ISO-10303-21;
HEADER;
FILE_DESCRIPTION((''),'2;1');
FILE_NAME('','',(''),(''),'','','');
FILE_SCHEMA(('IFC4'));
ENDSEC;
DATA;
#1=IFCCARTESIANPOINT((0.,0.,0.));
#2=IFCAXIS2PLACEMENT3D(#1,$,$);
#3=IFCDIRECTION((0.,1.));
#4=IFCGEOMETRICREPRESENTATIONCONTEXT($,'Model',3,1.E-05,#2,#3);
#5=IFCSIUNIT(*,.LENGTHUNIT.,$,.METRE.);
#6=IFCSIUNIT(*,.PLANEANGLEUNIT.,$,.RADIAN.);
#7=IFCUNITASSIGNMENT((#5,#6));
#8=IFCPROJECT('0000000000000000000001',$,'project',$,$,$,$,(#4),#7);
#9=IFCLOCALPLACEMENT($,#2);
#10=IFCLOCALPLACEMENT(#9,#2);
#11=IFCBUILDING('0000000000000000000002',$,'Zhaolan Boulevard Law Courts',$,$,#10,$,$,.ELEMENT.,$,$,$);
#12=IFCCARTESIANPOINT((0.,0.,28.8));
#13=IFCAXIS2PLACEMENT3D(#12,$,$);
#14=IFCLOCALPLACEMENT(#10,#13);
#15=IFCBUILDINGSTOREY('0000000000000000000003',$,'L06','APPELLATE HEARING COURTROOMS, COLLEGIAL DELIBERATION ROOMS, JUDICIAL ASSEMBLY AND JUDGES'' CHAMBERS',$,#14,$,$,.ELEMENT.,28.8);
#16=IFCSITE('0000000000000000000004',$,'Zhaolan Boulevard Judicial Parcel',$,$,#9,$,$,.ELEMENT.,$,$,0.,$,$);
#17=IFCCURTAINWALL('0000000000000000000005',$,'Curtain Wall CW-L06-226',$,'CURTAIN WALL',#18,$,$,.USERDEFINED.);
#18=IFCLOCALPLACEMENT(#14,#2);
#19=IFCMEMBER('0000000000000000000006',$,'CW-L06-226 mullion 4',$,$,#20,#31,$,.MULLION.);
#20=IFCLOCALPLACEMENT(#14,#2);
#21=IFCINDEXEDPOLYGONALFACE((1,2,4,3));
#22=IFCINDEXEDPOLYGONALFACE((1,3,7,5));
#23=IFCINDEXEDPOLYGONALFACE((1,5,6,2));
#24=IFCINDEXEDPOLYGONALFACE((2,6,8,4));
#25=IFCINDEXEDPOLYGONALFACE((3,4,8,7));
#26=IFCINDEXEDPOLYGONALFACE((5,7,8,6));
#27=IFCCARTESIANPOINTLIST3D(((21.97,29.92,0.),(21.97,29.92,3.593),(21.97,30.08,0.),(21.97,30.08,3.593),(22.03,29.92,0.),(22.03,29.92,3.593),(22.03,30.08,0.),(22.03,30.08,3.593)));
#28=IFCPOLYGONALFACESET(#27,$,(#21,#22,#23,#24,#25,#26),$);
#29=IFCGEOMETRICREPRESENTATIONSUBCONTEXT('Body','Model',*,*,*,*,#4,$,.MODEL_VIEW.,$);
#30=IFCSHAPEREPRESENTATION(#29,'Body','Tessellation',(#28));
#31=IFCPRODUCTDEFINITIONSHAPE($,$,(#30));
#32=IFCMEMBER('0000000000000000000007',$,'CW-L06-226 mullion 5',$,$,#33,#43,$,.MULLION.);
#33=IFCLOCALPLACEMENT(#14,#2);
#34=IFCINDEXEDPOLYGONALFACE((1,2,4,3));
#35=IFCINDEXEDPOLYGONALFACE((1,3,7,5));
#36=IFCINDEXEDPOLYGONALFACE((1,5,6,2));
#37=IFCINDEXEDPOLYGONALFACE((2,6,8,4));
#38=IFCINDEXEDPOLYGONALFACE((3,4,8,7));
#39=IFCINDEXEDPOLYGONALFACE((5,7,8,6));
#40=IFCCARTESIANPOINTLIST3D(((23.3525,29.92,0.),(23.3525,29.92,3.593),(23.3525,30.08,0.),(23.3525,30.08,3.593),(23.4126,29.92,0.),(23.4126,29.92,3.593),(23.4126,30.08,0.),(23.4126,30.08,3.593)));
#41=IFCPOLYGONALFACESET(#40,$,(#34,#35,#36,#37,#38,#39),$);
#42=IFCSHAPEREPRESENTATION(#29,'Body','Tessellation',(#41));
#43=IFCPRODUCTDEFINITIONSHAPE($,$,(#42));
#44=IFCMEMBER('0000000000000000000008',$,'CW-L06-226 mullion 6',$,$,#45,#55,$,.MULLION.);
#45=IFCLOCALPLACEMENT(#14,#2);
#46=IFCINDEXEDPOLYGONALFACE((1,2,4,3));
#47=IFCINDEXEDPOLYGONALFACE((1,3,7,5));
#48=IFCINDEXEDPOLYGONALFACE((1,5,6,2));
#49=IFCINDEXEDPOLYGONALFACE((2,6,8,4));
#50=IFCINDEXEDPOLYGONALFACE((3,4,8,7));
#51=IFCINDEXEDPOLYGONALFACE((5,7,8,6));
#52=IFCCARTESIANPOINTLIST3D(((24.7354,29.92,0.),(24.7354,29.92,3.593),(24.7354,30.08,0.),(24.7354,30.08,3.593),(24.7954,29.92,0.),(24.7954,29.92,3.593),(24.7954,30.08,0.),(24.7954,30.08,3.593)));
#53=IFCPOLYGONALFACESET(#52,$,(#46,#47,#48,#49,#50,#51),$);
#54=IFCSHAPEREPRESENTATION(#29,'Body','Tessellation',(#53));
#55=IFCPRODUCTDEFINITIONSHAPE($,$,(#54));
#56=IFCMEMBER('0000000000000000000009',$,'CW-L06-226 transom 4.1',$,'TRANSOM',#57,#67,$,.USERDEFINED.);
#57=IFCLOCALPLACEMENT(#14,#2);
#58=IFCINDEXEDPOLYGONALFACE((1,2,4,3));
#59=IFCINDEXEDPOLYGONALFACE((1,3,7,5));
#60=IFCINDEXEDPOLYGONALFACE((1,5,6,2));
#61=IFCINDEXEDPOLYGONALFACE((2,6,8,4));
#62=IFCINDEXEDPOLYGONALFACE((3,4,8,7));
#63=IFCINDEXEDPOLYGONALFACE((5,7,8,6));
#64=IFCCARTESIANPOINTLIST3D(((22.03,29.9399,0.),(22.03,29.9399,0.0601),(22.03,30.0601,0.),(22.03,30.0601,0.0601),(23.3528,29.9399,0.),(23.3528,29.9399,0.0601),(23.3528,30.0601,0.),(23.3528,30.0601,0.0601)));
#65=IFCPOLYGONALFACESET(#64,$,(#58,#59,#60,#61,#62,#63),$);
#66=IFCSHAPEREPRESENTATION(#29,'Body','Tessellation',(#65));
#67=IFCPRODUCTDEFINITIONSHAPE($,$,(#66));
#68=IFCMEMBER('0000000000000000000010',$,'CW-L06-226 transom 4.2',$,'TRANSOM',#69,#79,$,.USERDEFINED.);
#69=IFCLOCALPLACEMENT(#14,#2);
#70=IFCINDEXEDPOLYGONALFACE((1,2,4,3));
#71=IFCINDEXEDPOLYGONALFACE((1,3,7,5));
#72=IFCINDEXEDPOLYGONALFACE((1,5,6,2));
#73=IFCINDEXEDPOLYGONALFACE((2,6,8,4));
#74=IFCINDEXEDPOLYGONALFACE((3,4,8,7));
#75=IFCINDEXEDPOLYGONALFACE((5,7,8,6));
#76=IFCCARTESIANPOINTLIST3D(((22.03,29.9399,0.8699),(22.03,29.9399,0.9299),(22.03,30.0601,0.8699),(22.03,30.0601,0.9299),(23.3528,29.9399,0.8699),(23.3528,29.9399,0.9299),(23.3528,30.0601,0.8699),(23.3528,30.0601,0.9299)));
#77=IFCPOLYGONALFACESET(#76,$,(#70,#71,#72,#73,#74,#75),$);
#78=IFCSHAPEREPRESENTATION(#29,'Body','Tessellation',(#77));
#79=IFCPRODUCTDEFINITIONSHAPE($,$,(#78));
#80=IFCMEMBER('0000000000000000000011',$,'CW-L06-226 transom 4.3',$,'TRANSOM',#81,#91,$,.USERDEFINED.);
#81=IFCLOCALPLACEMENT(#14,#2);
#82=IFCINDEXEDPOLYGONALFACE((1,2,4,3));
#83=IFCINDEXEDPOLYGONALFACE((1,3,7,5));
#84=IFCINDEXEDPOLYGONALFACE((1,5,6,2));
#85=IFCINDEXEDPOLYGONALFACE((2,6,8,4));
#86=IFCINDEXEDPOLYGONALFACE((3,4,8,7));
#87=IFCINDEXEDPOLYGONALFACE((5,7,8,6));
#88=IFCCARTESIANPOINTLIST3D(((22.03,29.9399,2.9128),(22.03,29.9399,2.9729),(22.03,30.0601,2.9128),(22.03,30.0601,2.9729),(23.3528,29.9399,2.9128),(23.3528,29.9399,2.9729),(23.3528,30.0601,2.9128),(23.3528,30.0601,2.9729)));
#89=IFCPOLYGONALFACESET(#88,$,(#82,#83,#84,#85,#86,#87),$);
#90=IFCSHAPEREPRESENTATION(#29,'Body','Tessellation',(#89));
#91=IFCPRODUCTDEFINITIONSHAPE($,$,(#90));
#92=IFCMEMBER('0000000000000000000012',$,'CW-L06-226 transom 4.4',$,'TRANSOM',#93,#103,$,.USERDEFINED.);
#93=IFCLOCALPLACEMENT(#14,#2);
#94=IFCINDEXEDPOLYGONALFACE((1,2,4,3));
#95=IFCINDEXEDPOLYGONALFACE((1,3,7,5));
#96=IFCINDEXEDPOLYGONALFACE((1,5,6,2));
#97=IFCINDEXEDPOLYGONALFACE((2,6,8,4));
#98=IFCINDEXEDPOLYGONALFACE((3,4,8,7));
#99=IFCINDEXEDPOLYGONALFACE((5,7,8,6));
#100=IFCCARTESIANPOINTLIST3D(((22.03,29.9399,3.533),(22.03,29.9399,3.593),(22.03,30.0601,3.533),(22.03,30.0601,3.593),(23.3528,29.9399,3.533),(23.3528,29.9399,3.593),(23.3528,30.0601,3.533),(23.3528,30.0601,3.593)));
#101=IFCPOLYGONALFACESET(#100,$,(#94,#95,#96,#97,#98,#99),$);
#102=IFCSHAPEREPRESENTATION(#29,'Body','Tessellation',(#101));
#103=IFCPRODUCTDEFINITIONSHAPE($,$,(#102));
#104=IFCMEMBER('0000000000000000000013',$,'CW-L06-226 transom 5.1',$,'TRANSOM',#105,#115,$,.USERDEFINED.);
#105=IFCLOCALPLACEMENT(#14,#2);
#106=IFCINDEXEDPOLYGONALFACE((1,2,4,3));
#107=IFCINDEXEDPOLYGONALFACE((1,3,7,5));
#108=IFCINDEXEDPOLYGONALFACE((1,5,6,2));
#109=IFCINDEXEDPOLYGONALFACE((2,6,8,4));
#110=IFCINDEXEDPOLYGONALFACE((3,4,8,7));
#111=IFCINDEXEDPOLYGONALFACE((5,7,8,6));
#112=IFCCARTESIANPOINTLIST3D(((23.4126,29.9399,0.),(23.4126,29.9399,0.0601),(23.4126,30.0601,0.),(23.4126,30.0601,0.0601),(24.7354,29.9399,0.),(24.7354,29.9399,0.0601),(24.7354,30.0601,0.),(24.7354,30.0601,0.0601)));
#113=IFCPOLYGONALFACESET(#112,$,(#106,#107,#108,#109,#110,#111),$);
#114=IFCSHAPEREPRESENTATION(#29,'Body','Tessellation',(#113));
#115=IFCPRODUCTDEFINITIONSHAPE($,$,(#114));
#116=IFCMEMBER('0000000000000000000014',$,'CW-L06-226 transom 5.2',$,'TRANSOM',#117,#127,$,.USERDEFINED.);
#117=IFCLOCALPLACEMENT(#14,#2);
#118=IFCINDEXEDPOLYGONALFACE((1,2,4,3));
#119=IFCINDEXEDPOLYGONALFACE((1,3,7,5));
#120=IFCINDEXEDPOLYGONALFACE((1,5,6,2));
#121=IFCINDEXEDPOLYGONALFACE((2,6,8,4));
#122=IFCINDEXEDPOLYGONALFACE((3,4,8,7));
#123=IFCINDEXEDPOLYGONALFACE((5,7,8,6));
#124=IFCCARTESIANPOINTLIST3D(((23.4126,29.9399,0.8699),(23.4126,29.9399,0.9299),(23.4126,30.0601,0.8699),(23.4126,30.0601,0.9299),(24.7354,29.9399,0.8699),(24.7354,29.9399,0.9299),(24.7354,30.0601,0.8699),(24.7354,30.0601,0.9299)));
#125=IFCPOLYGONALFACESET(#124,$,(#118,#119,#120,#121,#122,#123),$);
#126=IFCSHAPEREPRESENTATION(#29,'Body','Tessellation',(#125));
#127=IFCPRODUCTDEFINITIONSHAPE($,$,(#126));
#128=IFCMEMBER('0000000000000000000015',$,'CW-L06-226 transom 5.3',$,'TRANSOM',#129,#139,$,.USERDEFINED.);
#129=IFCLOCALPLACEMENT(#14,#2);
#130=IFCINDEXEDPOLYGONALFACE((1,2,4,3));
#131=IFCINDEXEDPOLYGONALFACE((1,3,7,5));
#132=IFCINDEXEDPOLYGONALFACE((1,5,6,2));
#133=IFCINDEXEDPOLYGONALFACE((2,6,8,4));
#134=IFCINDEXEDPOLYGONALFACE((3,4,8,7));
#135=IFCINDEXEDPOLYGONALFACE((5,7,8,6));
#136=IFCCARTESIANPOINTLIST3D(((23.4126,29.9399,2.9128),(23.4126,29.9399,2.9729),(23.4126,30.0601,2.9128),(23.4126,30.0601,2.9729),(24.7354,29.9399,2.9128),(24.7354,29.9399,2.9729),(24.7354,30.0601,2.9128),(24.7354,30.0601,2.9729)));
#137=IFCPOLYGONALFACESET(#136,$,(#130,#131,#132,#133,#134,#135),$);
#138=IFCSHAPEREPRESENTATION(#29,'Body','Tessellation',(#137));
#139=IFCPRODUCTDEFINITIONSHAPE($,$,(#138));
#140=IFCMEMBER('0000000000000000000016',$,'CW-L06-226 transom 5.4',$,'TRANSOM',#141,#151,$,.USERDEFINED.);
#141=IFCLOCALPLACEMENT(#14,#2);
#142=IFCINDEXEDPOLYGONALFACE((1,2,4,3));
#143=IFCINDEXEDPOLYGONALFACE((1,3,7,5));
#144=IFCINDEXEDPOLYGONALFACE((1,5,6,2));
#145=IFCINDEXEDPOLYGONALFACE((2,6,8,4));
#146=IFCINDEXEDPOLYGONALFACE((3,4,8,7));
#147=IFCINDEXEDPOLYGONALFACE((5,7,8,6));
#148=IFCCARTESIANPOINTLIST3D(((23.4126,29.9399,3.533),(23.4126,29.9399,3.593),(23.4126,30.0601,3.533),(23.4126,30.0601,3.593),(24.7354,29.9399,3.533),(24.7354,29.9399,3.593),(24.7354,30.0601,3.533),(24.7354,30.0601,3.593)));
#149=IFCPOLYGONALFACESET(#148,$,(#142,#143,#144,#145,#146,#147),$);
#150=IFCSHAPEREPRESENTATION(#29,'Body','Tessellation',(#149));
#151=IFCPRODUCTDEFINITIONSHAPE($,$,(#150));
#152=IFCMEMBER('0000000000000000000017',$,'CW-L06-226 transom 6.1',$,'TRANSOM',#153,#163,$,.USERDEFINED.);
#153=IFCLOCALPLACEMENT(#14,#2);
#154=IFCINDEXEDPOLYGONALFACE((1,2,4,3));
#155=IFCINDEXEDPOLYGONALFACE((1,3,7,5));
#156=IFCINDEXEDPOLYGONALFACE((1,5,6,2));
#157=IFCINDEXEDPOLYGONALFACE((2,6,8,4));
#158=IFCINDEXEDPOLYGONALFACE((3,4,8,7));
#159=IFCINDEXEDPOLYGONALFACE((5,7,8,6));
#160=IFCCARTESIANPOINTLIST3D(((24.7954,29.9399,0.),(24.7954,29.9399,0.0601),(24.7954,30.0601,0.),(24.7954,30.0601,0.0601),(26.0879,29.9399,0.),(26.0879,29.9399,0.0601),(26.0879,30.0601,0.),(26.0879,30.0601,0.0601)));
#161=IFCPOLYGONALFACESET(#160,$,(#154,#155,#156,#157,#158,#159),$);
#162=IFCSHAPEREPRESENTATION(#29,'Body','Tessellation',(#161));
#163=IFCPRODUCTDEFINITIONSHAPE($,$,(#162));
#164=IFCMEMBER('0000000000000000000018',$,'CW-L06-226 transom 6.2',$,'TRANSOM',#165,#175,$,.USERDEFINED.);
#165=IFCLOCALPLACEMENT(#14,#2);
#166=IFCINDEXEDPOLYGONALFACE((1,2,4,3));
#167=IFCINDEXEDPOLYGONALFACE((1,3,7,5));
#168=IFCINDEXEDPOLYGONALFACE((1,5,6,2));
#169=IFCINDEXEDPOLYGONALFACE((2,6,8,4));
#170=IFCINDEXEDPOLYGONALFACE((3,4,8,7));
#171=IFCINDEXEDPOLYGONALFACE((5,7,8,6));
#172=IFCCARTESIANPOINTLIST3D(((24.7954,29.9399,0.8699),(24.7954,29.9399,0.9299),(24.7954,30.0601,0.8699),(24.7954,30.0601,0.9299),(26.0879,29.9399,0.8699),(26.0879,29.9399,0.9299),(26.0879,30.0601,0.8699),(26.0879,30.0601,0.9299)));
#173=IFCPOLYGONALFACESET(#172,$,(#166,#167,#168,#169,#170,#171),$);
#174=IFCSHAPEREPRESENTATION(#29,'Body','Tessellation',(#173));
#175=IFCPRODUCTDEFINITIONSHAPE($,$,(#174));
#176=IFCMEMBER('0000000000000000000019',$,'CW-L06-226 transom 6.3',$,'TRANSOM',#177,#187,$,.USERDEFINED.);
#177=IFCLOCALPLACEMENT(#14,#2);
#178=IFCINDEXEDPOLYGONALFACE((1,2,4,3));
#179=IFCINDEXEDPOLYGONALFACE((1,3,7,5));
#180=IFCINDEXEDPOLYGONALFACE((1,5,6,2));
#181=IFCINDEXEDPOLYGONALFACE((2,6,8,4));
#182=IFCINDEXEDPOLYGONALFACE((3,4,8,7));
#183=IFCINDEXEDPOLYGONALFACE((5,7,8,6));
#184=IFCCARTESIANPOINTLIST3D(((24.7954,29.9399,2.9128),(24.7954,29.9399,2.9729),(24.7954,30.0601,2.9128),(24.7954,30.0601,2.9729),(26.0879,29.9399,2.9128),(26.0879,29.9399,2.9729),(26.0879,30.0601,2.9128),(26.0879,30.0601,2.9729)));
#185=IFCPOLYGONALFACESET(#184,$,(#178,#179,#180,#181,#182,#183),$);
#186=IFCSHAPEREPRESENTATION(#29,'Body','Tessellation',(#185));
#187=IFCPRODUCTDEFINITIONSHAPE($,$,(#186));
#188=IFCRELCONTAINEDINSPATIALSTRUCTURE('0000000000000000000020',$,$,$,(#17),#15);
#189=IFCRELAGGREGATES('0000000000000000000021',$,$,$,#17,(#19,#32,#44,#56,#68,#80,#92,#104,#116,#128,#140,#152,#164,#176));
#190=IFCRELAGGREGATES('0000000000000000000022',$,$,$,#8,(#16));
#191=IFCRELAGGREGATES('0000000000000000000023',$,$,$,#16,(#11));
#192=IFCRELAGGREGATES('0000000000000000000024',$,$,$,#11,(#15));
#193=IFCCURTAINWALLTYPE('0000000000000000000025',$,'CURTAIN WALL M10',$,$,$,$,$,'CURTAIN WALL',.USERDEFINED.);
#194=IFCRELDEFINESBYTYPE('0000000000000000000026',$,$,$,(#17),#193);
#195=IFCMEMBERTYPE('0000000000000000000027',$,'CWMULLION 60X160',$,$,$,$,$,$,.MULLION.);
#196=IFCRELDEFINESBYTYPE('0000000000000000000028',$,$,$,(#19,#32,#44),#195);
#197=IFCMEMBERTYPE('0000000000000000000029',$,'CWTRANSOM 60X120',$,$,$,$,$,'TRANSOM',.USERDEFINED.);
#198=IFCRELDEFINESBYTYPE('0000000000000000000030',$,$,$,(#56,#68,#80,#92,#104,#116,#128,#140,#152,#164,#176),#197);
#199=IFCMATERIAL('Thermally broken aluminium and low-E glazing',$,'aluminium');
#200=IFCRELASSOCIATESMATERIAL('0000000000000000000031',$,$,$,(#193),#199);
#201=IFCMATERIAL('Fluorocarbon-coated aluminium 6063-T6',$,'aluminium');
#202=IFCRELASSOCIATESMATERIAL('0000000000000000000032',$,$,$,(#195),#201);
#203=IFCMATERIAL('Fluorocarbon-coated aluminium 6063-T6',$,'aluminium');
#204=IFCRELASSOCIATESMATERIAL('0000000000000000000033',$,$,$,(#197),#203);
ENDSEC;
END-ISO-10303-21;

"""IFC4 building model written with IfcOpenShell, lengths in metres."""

from ifc_helpers import new_model, si_unit, direction, frame, origin, origin_2d, place, context, subcontext, project, spatial, rectangle, extrude, material, material_profile, profile_set, type_object, element, aggregate, save


model = new_model("IFC4")

# Units and contexts
model_context = context("Model", 3, precision=1e-05, world=origin(), true_north=direction((0.0, 1.0)))
body_context = subcontext(model_context, "Body", "Model", "MODEL_VIEW")
ifc_project = project(units=[si_unit("LENGTHUNIT", "METRE"), si_unit("PLANEANGLEUNIT", "RADIAN")], contexts=[model_context])

# Site, building, storey
site_placement = place(None, origin())
site = spatial("IfcSite", under=ifc_project, at=site_placement, Name="Zhaolan Boulevard Judicial Parcel", CompositionType="ELEMENT", RefElevation=0.0)
building_placement = place(site_placement, origin())
building = spatial("IfcBuilding", under=site, at=building_placement, Name="Zhaolan Boulevard Law Courts", CompositionType="ELEMENT")
storey_placement = place(building_placement, frame((0.0, 0.0, 28.8)))
storey = spatial("IfcBuildingStorey", under=building, at=storey_placement, Name="L06", Description="APPELLATE HEARING COURTROOMS, COLLEGIAL DELIBERATION ROOMS, JUDICIAL ASSEMBLY AND JUDGES' CHAMBERS", CompositionType="ELEMENT", Elevation=28.8)

# Curtain wall, members
ifc_material_1 = material(Name="Thermally broken aluminium and low-E glazing", Category="aluminium")
curtain_wall_type = type_object("IfcCurtainWallType", Name="CURTAIN WALL M10", ElementType="CURTAIN WALL", PredefinedType="USERDEFINED", material=ifc_material_1)
curtain_wall_placement = place(storey_placement, origin())
curtain_wall = element("IfcCurtainWall", 1, at=curtain_wall_placement, inside=storey, type_object=curtain_wall_type, Name="Curtain Wall CW-L06-226", ObjectType="CURTAIN WALL", PredefinedType="USERDEFINED")
ifc_material_2 = material(Name="Fluorocarbon-coated aluminium 6063-T6", Category="aluminium")
ifc_material_profile_1 = material_profile(ifc_material_2, rectangle(XDim=0.1599, YDim=0.0601, at=origin_2d()), Name="AL60x160")
ifc_profile_set_1 = profile_set([ifc_material_profile_1], Name="Fluorocarbon-coated aluminium 6063-T6")
member_type_1 = type_object("IfcMemberType", Name="CWMULLION 60X160", PredefinedType="MULLION", material=ifc_profile_set_1)
member_1_placement = place(storey_placement, frame((22.0, 30.0, 0.0), z_axis=(0.0, 0.0, 1.0), x_axis=(0.0, 1.0, 0.0)))
member_1 = element("IfcMember", 2, at=member_1_placement, type_object=member_type_1, Name="CW-L06-226 mullion 4", PredefinedType="MULLION", context=body_context, shape_type="SweptSolid", body=[
    extrude(rectangle(XDim=0.1599, YDim=0.0601, at=origin_2d()), origin(), (0.0, 0.0, 1.0), 3.593),
])
member_2_placement = place(storey_placement, frame((23.3826, 30.0, 0.0), z_axis=(0.0, 0.0, 1.0), x_axis=(0.0, 1.0, 0.0)))
member_2 = element("IfcMember", 3, at=member_2_placement, type_object=member_type_1, Name="CW-L06-226 mullion 5", PredefinedType="MULLION", context=body_context, shape_type="SweptSolid", body=[
    extrude(rectangle(XDim=0.1599, YDim=0.0601, at=origin_2d()), origin(), (0.0, 0.0, 1.0), 3.593),
])
member_3_placement = place(storey_placement, frame((24.7654, 30.0, 0.0), z_axis=(0.0, 0.0, 1.0), x_axis=(0.0, 1.0, 0.0)))
member_3 = element("IfcMember", 4, at=member_3_placement, type_object=member_type_1, Name="CW-L06-226 mullion 6", PredefinedType="MULLION", context=body_context, shape_type="SweptSolid", body=[
    extrude(rectangle(XDim=0.1599, YDim=0.0601, at=origin_2d()), origin(), (0.0, 0.0, 1.0), 3.593),
])
ifc_material_3 = material(Name="Fluorocarbon-coated aluminium 6063-T6", Category="aluminium")
ifc_material_profile_2 = material_profile(ifc_material_3, rectangle(XDim=0.1201, YDim=0.0601, at=origin_2d()), Name="AL60x120")
ifc_profile_set_2 = profile_set([ifc_material_profile_2], Name="Fluorocarbon-coated aluminium 6063-T6")
member_type_2 = type_object("IfcMemberType", Name="CWTRANSOM 60X120", ElementType="TRANSOM", PredefinedType="USERDEFINED", material=ifc_profile_set_2)
member_4_placement = place(storey_placement, frame((22.03, 30.0, 0.03), z_axis=(1.0, 0.0, 0.0), x_axis=(0.0, 1.0, 0.0)))
member_4 = element("IfcMember", 5, at=member_4_placement, type_object=member_type_2, Name="CW-L06-226 transom 4.1", ObjectType="TRANSOM", PredefinedType="USERDEFINED", context=body_context, shape_type="SweptSolid", body=[
    extrude(rectangle(XDim=0.1201, YDim=0.0601, at=origin_2d()), origin(), (0.0, 0.0, 1.0), 1.3228),
])
member_5_placement = place(storey_placement, frame((22.03, 30.0, 0.8999), z_axis=(1.0, 0.0, 0.0), x_axis=(0.0, 1.0, 0.0)))
member_5 = element("IfcMember", 6, at=member_5_placement, type_object=member_type_2, Name="CW-L06-226 transom 4.2", ObjectType="TRANSOM", PredefinedType="USERDEFINED", context=body_context, shape_type="SweptSolid", body=[
    extrude(rectangle(XDim=0.1201, YDim=0.0601, at=origin_2d()), origin(), (0.0, 0.0, 1.0), 1.3228),
])
member_6_placement = place(storey_placement, frame((22.03, 30.0, 2.9429), z_axis=(1.0, 0.0, 0.0), x_axis=(0.0, 1.0, 0.0)))
member_6 = element("IfcMember", 7, at=member_6_placement, type_object=member_type_2, Name="CW-L06-226 transom 4.3", ObjectType="TRANSOM", PredefinedType="USERDEFINED", context=body_context, shape_type="SweptSolid", body=[
    extrude(rectangle(XDim=0.1201, YDim=0.0601, at=origin_2d()), origin(), (0.0, 0.0, 1.0), 1.3228),
])
member_7_placement = place(storey_placement, frame((22.03, 30.0, 3.563), z_axis=(1.0, 0.0, 0.0), x_axis=(0.0, 1.0, 0.0)))
member_7 = element("IfcMember", 8, at=member_7_placement, type_object=member_type_2, Name="CW-L06-226 transom 4.4", ObjectType="TRANSOM", PredefinedType="USERDEFINED", context=body_context, shape_type="SweptSolid", body=[
    extrude(rectangle(XDim=0.1201, YDim=0.0601, at=origin_2d()), origin(), (0.0, 0.0, 1.0), 1.3228),
])
member_8_placement = place(storey_placement, frame((23.4126, 30.0, 0.03), z_axis=(1.0, 0.0, 0.0), x_axis=(0.0, 1.0, 0.0)))
member_8 = element("IfcMember", 9, at=member_8_placement, type_object=member_type_2, Name="CW-L06-226 transom 5.1", ObjectType="TRANSOM", PredefinedType="USERDEFINED", context=body_context, shape_type="SweptSolid", body=[
    extrude(rectangle(XDim=0.1201, YDim=0.0601, at=origin_2d()), origin(), (0.0, 0.0, 1.0), 1.3228),
])
member_9_placement = place(storey_placement, frame((23.4126, 30.0, 0.8999), z_axis=(1.0, 0.0, 0.0), x_axis=(0.0, 1.0, 0.0)))
member_9 = element("IfcMember", 10, at=member_9_placement, type_object=member_type_2, Name="CW-L06-226 transom 5.2", ObjectType="TRANSOM", PredefinedType="USERDEFINED", context=body_context, shape_type="SweptSolid", body=[
    extrude(rectangle(XDim=0.1201, YDim=0.0601, at=origin_2d()), origin(), (0.0, 0.0, 1.0), 1.3228),
])
member_10_placement = place(storey_placement, frame((23.4126, 30.0, 2.9429), z_axis=(1.0, 0.0, 0.0), x_axis=(0.0, 1.0, 0.0)))
member_10 = element("IfcMember", 11, at=member_10_placement, type_object=member_type_2, Name="CW-L06-226 transom 5.3", ObjectType="TRANSOM", PredefinedType="USERDEFINED", context=body_context, shape_type="SweptSolid", body=[
    extrude(rectangle(XDim=0.1201, YDim=0.0601, at=origin_2d()), origin(), (0.0, 0.0, 1.0), 1.3228),
])
member_11_placement = place(storey_placement, frame((23.4126, 30.0, 3.563), z_axis=(1.0, 0.0, 0.0), x_axis=(0.0, 1.0, 0.0)))
member_11 = element("IfcMember", 12, at=member_11_placement, type_object=member_type_2, Name="CW-L06-226 transom 5.4", ObjectType="TRANSOM", PredefinedType="USERDEFINED", context=body_context, shape_type="SweptSolid", body=[
    extrude(rectangle(XDim=0.1201, YDim=0.0601, at=origin_2d()), origin(), (0.0, 0.0, 1.0), 1.3228),
])
member_12_placement = place(storey_placement, frame((24.7954, 30.0, 0.03), z_axis=(1.0, 0.0, 0.0), x_axis=(0.0, 1.0, 0.0)))
member_12 = element("IfcMember", 13, at=member_12_placement, type_object=member_type_2, Name="CW-L06-226 transom 6.1", ObjectType="TRANSOM", PredefinedType="USERDEFINED", context=body_context, shape_type="SweptSolid", body=[
    extrude(rectangle(XDim=0.1201, YDim=0.0601, at=origin_2d()), origin(), (0.0, 0.0, 1.0), 1.2925),
])
member_13_placement = place(storey_placement, frame((24.7954, 30.0, 0.8999), z_axis=(1.0, 0.0, 0.0), x_axis=(0.0, 1.0, 0.0)))
member_13 = element("IfcMember", 14, at=member_13_placement, type_object=member_type_2, Name="CW-L06-226 transom 6.2", ObjectType="TRANSOM", PredefinedType="USERDEFINED", context=body_context, shape_type="SweptSolid", body=[
    extrude(rectangle(XDim=0.1201, YDim=0.0601, at=origin_2d()), origin(), (0.0, 0.0, 1.0), 1.2925),
])
member_14_placement = place(storey_placement, frame((24.7954, 30.0, 2.9429), z_axis=(1.0, 0.0, 0.0), x_axis=(0.0, 1.0, 0.0)))
member_14 = element("IfcMember", 15, at=member_14_placement, type_object=member_type_2, Name="CW-L06-226 transom 6.3", ObjectType="TRANSOM", PredefinedType="USERDEFINED", context=body_context, shape_type="SweptSolid", body=[
    extrude(rectangle(XDim=0.1201, YDim=0.0601, at=origin_2d()), origin(), (0.0, 0.0, 1.0), 1.2925),
])

aggregate(curtain_wall, [member_1, member_2, member_3, member_4, member_5, member_6, member_7, member_8, member_9, member_10, member_11, member_12, member_13, member_14])

save(model, "model.ifc")
